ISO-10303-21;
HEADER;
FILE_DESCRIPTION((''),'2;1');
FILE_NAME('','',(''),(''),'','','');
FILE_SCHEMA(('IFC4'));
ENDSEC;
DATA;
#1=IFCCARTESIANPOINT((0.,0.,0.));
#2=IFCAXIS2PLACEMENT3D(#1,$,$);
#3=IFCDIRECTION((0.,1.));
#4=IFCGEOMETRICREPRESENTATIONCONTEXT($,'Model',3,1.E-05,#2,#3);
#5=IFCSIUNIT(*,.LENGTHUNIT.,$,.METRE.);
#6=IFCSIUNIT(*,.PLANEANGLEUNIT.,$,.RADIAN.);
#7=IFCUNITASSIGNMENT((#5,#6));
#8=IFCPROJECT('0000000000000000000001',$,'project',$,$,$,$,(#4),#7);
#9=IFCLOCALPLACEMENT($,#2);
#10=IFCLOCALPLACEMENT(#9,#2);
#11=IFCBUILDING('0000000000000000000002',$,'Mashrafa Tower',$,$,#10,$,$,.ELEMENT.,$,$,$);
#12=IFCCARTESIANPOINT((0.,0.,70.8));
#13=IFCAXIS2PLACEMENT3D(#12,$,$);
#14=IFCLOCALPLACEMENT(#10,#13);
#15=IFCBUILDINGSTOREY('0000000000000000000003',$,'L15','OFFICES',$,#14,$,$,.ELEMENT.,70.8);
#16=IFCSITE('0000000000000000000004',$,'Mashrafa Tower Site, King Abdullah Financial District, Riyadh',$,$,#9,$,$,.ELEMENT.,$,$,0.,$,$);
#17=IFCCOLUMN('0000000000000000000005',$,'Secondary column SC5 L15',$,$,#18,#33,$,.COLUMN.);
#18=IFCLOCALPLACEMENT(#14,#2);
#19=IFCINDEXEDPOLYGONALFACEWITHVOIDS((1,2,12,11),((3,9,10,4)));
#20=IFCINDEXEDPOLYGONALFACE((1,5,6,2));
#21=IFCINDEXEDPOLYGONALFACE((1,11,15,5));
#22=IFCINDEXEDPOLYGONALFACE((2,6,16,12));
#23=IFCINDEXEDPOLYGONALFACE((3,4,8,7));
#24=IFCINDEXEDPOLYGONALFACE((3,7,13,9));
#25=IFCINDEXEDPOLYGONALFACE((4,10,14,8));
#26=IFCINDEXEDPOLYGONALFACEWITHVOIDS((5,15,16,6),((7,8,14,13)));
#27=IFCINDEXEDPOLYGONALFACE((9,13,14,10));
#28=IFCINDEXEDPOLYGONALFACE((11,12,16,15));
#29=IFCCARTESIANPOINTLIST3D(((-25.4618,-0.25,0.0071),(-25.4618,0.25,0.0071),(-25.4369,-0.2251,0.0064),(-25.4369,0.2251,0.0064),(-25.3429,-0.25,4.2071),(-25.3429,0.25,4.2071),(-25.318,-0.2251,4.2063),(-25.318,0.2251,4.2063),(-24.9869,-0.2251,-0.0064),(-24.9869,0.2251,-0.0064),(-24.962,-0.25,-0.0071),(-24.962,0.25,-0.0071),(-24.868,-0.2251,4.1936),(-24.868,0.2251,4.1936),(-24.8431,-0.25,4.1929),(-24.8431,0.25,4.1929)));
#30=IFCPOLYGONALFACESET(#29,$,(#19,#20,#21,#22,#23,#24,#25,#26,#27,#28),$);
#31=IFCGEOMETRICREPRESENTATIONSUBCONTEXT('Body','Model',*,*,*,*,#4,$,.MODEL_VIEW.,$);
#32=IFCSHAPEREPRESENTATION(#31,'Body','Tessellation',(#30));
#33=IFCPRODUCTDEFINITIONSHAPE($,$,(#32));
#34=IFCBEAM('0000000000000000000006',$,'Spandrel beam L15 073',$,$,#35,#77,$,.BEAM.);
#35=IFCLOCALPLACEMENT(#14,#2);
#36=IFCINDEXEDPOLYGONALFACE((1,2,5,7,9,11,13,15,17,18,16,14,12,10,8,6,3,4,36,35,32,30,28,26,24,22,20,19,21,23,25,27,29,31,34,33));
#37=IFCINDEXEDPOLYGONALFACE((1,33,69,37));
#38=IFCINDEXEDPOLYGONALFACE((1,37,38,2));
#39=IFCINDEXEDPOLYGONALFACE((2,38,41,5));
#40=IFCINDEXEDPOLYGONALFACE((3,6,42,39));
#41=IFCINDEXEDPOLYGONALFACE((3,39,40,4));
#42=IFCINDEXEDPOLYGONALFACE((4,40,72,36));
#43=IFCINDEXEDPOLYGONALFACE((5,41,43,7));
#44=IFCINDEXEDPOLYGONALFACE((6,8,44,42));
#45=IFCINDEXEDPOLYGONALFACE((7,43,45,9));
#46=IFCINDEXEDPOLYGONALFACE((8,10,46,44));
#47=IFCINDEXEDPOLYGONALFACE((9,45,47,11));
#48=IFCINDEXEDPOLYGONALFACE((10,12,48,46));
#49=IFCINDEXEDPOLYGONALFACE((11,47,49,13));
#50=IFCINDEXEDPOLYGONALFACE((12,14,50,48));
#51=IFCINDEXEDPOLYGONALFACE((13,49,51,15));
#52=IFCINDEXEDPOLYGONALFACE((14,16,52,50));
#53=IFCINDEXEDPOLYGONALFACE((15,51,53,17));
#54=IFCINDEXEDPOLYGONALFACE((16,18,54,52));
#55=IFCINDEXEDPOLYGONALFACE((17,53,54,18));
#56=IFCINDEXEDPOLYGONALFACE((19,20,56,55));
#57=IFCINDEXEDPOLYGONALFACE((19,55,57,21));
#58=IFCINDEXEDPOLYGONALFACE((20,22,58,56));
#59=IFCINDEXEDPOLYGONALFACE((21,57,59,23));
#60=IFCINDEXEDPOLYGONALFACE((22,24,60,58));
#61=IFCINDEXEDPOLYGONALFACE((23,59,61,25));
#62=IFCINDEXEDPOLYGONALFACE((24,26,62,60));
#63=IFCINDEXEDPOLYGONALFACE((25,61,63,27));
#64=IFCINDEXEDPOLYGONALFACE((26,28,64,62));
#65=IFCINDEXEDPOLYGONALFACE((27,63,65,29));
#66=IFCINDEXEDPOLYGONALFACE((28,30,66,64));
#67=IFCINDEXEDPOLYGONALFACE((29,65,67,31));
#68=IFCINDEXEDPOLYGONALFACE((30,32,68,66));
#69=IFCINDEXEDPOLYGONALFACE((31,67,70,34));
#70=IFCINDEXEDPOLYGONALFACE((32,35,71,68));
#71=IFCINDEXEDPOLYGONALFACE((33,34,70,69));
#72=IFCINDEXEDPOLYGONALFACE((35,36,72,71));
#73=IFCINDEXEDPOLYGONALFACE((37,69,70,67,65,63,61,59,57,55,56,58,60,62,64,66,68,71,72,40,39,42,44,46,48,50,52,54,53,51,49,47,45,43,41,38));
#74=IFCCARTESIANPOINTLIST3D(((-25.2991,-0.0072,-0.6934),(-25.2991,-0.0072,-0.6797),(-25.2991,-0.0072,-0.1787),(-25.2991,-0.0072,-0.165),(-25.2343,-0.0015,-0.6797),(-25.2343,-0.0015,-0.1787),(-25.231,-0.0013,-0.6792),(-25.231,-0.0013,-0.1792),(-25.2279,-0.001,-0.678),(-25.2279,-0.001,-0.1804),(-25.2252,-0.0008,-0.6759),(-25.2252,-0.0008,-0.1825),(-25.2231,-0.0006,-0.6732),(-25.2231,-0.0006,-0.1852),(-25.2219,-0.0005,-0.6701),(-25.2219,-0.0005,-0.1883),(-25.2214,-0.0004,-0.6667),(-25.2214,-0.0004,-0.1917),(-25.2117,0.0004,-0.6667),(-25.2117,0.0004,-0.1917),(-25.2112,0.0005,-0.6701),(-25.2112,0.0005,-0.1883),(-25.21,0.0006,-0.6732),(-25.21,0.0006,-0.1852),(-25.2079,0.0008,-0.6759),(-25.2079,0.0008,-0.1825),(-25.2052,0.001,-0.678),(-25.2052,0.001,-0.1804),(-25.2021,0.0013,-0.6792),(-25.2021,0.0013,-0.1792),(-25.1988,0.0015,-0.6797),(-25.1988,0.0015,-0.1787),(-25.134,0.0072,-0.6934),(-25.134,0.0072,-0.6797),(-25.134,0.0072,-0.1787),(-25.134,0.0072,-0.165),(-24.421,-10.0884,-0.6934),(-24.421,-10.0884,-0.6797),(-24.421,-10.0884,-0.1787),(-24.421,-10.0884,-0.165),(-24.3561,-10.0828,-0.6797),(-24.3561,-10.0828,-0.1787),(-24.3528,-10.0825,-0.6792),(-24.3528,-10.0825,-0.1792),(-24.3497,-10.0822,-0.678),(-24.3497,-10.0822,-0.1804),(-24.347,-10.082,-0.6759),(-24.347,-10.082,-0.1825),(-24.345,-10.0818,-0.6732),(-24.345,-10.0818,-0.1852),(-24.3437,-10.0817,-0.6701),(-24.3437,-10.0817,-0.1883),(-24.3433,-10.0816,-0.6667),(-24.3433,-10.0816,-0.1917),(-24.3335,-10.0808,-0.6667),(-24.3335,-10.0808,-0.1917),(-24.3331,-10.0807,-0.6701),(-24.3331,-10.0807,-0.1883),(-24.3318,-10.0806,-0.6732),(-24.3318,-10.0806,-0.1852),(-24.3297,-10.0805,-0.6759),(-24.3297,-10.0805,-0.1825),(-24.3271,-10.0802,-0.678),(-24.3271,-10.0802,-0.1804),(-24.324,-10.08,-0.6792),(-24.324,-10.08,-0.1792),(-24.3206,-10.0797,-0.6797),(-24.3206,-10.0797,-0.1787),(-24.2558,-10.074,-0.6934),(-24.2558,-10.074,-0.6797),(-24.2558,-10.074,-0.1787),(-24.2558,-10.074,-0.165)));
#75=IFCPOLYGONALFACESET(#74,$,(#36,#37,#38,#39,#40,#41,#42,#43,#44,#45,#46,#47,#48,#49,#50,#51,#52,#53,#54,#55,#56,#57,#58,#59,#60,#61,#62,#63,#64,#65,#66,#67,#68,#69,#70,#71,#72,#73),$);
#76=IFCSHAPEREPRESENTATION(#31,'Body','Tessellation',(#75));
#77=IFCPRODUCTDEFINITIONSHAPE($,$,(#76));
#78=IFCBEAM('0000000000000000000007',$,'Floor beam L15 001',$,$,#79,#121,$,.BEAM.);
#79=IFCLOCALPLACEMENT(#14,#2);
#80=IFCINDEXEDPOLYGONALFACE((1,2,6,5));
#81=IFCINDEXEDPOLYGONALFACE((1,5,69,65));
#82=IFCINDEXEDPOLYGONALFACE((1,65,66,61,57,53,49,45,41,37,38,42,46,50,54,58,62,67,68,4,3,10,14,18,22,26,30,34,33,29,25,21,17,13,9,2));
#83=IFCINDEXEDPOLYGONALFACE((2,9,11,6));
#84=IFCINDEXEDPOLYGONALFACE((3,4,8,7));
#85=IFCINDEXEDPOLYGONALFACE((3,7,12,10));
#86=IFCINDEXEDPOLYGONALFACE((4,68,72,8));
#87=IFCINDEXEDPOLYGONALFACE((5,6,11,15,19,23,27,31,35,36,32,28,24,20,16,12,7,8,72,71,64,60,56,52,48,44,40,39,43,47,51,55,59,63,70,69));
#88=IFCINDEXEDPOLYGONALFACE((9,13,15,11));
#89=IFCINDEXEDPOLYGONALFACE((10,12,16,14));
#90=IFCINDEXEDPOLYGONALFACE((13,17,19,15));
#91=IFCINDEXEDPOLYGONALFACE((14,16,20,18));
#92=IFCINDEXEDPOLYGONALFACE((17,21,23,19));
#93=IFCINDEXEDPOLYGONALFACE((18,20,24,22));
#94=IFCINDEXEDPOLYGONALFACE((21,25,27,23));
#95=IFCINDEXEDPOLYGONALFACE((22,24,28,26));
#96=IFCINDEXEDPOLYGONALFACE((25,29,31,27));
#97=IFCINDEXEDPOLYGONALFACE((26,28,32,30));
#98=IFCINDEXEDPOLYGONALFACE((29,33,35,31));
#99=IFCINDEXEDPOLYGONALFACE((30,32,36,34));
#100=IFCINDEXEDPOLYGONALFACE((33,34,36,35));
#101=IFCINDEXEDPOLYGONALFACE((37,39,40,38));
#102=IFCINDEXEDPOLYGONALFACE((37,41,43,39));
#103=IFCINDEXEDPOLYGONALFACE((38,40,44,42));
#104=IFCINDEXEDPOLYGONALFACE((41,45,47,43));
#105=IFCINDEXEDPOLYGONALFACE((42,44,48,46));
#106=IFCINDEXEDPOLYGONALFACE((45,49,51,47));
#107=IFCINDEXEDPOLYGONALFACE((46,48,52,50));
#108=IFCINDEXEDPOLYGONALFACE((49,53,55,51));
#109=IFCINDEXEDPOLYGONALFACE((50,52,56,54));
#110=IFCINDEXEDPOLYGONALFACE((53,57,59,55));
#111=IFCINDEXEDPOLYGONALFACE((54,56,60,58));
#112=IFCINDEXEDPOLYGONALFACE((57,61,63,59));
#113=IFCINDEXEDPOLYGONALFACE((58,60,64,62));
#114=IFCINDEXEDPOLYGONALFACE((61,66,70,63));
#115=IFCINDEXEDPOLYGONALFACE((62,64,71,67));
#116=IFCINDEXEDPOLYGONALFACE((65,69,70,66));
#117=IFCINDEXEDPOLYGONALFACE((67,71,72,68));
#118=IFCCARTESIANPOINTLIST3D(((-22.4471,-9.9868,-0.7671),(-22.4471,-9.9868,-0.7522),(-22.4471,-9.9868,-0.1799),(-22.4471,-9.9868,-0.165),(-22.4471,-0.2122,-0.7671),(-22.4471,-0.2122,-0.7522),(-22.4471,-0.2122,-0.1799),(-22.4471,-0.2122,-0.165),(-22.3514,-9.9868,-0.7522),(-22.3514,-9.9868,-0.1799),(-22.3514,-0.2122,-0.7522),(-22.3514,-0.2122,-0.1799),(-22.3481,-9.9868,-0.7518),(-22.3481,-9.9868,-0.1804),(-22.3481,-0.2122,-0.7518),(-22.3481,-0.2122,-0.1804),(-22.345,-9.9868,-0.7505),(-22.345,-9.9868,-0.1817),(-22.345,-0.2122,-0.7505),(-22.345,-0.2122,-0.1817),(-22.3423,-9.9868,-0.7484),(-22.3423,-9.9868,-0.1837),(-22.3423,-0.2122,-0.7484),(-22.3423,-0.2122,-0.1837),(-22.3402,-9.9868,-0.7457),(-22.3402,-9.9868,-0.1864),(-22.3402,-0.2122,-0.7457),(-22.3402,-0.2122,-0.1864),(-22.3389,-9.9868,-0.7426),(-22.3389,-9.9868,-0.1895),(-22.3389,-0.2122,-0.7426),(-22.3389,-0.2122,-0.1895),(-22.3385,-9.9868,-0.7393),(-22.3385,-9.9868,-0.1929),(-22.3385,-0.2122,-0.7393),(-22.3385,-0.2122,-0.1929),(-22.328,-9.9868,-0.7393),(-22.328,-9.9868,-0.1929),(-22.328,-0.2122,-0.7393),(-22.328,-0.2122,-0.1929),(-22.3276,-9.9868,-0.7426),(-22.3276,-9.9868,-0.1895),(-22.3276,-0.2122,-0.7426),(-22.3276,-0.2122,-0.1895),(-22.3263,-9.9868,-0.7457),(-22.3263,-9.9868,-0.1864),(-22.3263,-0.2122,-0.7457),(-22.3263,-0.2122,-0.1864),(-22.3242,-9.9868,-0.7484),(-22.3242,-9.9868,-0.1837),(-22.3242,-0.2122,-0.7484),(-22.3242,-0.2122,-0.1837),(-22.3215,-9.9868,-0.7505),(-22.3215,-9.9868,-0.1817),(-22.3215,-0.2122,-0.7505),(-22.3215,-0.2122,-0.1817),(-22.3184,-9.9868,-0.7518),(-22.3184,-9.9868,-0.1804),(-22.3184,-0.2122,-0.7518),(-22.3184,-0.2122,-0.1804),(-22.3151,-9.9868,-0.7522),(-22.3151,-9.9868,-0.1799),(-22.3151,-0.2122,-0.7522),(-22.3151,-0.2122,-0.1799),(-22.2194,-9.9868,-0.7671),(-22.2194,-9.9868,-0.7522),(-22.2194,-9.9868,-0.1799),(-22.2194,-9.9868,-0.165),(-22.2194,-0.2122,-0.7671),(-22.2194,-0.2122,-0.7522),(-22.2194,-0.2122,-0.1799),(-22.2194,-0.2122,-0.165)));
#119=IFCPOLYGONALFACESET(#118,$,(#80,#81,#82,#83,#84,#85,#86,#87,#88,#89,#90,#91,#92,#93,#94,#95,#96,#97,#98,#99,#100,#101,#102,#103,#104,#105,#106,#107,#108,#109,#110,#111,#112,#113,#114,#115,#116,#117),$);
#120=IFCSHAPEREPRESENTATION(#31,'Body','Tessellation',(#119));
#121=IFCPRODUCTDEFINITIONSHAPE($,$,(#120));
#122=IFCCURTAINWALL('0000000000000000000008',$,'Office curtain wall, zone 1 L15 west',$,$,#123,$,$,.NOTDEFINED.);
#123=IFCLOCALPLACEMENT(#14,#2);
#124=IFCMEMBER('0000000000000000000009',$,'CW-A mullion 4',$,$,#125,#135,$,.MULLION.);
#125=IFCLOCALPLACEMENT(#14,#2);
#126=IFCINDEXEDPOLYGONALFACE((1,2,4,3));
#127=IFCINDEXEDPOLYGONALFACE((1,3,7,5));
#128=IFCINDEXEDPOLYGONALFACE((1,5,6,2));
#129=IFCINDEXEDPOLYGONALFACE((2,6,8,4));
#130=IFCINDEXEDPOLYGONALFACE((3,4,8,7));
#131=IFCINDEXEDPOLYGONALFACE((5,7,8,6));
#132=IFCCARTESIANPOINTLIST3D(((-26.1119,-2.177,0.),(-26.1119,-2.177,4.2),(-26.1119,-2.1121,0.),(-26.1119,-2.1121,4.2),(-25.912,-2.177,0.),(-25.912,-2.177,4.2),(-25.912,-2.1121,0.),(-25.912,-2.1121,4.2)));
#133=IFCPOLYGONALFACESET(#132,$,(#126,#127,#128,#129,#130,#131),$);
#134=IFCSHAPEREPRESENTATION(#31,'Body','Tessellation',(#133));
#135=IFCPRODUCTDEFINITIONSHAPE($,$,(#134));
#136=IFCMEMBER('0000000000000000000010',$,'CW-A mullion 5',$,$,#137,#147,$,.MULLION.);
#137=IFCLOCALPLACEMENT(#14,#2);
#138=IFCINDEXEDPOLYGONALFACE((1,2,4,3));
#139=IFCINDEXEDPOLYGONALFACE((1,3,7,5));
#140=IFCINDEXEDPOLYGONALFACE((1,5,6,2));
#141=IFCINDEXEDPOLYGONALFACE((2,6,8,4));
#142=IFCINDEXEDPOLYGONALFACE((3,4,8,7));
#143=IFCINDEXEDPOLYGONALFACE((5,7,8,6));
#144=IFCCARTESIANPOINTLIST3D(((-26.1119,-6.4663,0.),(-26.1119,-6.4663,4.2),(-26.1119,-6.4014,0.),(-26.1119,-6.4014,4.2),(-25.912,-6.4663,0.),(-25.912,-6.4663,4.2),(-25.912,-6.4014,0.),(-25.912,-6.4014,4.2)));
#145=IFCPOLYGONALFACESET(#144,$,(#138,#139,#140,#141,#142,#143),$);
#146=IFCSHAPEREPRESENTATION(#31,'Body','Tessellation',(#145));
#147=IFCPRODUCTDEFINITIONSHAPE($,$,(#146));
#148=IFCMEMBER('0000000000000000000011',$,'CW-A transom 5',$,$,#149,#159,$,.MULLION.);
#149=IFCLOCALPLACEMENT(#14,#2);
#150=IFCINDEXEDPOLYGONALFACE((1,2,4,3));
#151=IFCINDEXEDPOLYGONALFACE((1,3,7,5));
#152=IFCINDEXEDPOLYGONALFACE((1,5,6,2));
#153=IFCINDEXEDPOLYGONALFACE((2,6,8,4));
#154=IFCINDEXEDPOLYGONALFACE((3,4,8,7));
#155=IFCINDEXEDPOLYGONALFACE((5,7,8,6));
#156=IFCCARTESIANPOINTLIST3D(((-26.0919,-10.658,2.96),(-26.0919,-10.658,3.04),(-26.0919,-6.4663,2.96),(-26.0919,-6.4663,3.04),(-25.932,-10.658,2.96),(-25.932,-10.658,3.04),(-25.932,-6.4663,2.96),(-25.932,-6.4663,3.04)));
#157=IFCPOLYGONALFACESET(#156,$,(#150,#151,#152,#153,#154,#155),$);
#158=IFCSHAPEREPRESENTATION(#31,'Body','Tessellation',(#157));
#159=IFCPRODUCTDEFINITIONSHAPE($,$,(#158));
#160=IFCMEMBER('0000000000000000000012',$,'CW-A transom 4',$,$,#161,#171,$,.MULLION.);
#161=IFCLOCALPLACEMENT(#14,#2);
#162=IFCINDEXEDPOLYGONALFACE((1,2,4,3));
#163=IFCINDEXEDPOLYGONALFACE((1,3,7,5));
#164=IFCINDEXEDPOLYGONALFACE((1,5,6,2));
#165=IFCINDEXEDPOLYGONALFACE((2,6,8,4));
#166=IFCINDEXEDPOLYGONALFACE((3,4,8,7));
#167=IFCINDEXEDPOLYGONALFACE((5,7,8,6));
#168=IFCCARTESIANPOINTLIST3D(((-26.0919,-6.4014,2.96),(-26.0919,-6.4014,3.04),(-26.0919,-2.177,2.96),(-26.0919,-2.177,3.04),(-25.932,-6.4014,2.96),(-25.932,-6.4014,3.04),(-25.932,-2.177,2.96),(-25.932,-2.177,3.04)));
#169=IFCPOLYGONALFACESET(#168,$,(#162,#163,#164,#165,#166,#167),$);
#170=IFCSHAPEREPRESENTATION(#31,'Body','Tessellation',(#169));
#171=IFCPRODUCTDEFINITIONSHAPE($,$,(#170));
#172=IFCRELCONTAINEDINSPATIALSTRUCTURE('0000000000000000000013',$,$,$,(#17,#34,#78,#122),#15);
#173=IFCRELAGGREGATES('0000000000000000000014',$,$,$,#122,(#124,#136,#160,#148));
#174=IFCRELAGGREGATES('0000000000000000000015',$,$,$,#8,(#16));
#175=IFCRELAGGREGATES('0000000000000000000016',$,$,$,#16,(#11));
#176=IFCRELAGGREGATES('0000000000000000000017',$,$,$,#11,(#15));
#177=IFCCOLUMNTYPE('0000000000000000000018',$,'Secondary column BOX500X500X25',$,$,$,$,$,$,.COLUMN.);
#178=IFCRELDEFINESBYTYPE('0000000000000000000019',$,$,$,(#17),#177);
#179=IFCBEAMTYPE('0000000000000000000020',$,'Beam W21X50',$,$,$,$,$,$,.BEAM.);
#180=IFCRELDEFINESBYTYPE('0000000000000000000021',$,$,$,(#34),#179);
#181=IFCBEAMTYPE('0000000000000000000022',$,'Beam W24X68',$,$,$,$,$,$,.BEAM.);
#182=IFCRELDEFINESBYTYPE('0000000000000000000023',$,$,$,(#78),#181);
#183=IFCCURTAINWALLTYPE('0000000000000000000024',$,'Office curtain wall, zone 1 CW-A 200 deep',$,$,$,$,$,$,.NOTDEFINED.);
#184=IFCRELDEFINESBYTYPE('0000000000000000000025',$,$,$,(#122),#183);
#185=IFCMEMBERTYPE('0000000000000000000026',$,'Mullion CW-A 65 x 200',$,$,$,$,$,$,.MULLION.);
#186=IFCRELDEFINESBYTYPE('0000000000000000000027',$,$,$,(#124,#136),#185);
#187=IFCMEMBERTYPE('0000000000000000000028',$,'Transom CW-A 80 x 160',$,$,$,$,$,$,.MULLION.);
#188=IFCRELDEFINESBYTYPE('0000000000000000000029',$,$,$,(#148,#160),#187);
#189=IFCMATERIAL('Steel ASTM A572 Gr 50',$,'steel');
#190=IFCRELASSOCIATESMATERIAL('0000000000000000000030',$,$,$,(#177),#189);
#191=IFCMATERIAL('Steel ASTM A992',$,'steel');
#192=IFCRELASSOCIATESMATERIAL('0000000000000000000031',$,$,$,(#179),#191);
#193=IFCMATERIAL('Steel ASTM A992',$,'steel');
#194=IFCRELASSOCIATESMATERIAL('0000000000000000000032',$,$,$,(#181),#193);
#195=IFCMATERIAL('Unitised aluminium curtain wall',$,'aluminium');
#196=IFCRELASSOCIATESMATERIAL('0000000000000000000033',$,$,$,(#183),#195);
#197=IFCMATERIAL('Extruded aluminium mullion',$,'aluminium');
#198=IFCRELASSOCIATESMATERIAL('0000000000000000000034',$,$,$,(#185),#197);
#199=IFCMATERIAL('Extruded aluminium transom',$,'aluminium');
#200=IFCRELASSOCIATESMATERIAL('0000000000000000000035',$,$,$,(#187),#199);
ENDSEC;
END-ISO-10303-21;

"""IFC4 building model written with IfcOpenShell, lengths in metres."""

from ifc_helpers import new_model, si_unit, direction, frame, origin, origin_2d, place, context, subcontext, project, spatial, rectangle, hollow_rectangle, i_section, extrude, source, transform, mapped, material, material_profile, profile_set, type_object, type_shapes, element, aggregate, save


model = new_model("IFC4")

# Units and contexts
model_context = context("Model", 3, precision=1e-05, world=origin(), true_north=direction((0.0, 1.0)))
body_context = subcontext(model_context, "Body", "Model", "MODEL_VIEW")
ifc_project = project(units=[si_unit("LENGTHUNIT", "METRE"), si_unit("PLANEANGLEUNIT", "RADIAN")], contexts=[model_context])

# Site, building, storey
site_placement = place(None, origin())
site = spatial("IfcSite", under=ifc_project, at=site_placement, Name="Mashrafa Tower Site, King Abdullah Financial District, Riyadh", CompositionType="ELEMENT", RefElevation=0.0)
building_placement = place(site_placement, origin())
building = spatial("IfcBuilding", under=site, at=building_placement, Name="Mashrafa Tower", CompositionType="ELEMENT")
storey_placement = place(building_placement, frame((0.0, 0.0, 70.8)))
storey = spatial("IfcBuildingStorey", under=building, at=storey_placement, Name="L15", Description="OFFICES", CompositionType="ELEMENT", Elevation=70.8)

# Column
ifc_material_1 = material(Name="Steel ASTM A572 Gr 50", Category="steel")
ifc_material_profile_1 = material_profile(ifc_material_1, hollow_rectangle(XDim=0.5, YDim=0.5, WallThickness=0.0249, at=origin_2d()), Name="BOX500X500X25")
ifc_profile_set_1 = profile_set([ifc_material_profile_1], Name="Steel ASTM A572 Gr 50")
column_type = type_object("IfcColumnType", Name="Secondary column BOX500X500X25", PredefinedType="COLUMN", material=ifc_profile_set_1)
column_placement = place(storey_placement, frame((-25.2119, 0.0, 0.0), z_axis=(0.028298, 0.0, 0.9996), x_axis=(0.0, 1.0, 0.0)))
element("IfcColumn", 1, at=column_placement, inside=storey, type_object=column_type, Name="Secondary column SC5 L15", PredefinedType="COLUMN", context=body_context, shape_type="SweptSolid", body=[
    extrude(hollow_rectangle(XDim=0.5, YDim=0.5, WallThickness=0.0249, at=origin_2d()), origin(), (0.0, 0.0, 1.0), 4.2017),
])

# Beams
ifc_material_2 = material(Name="Steel ASTM A992", Category="steel")
ifc_material_profile_2 = material_profile(ifc_material_2, i_section(OverallWidth=0.1658, OverallDepth=0.5283, WebThickness=0.0098, FlangeThickness=0.0137, FilletRadius=0.0129, at=origin_2d()), Name="W21X50")
ifc_profile_set_2 = profile_set([ifc_material_profile_2], Name="Steel ASTM A992")
beam_type_1 = type_object("IfcBeamType", Name="Beam W21X50", PredefinedType="BEAM", material=ifc_profile_set_2)
beam_1_placement = place(storey_placement, frame((-25.2166, 0.0, -0.4292), z_axis=(0.086781, -0.996227, 0.0), x_axis=(0.996227, 0.086781, 0.0)))
element("IfcBeam", 2, at=beam_1_placement, inside=storey, type_object=beam_type_1, Name="Spandrel beam L15 073", PredefinedType="BEAM", context=body_context, shape_type="SweptSolid", body=[
    extrude(i_section(OverallWidth=0.1658, OverallDepth=0.5283, WebThickness=0.0098, FlangeThickness=0.0137, FilletRadius=0.0129, at=origin_2d()), origin(), (0.0, 0.0, 1.0), 10.1194),
])
ifc_material_3 = material(Name="Steel ASTM A992", Category="steel")
ifc_material_profile_3 = material_profile(ifc_material_3, i_section(OverallWidth=0.2278, OverallDepth=0.6021, WebThickness=0.0105, FlangeThickness=0.0149, FilletRadius=0.0129, at=origin_2d()), Name="W24X68")
ifc_profile_set_3 = profile_set([ifc_material_profile_3], Name="Steel ASTM A992")
beam_type_2 = type_object("IfcBeamType", Name="Beam W24X68", PredefinedType="BEAM", material=ifc_profile_set_3)
beam_2_placement = place(storey_placement, frame((-22.3333, -9.9868, -0.4661), z_axis=(0.0, 1.0, 0.0), x_axis=(-1.0, 0.0, 0.0)))
element("IfcBeam", 3, at=beam_2_placement, inside=storey, type_object=beam_type_2, Name="Floor beam L15 001", PredefinedType="BEAM", context=body_context, shape_type="SweptSolid", body=[
    extrude(i_section(OverallWidth=0.2278, OverallDepth=0.6021, WebThickness=0.0105, FlangeThickness=0.0149, FilletRadius=0.0129, at=origin_2d()), origin(), (0.0, 0.0, 1.0), 9.7747),
])

# Curtain wall, members
ifc_material_4 = material(Name="Unitised aluminium curtain wall", Category="aluminium")
curtain_wall_type = type_object("IfcCurtainWallType", Name="Office curtain wall, zone 1 CW-A 200 deep", PredefinedType="NOTDEFINED", material=ifc_material_4)
curtain_wall_placement = place(storey_placement, origin())
curtain_wall = element("IfcCurtainWall", 4, at=curtain_wall_placement, inside=storey, type_object=curtain_wall_type, Name="Office curtain wall, zone 1 L15 west", PredefinedType="NOTDEFINED")
ifc_material_5 = material(Name="Extruded aluminium mullion", Category="aluminium")
ifc_material_profile_4 = material_profile(ifc_material_5, rectangle(XDim=0.2, YDim=0.0649, at=origin_2d()), Name="Mullion 65x200")
ifc_profile_set_4 = profile_set([ifc_material_profile_4], Name="Extruded aluminium mullion")
member_type_1 = type_object("IfcMemberType", Name="Mullion CW-A 65 x 200", PredefinedType="MULLION", material=ifc_profile_set_4)
shared_shape_1 = source(origin(), body_context, "Body", "SweptSolid", [
    extrude(rectangle(XDim=0.2, YDim=0.0649, at=origin_2d()), origin(), (0.0, 0.0, 1.0), 4.2),
])
type_shapes(member_type_1, [shared_shape_1])
member_1_placement = place(storey_placement, frame((-26.012, -2.1445, 0.0), z_axis=(0.0, 0.0, 1.0), x_axis=(1.0, 0.0, 0.0)))
member_1 = element("IfcMember", 5, at=member_1_placement, type_object=member_type_1, Name="CW-A mullion 4", PredefinedType="MULLION", context=body_context, shape_type="MappedRepresentation", body=[
    mapped(shared_shape_1, transform((0.0, 0.0, 0.0))),
])
member_2_placement = place(storey_placement, frame((-26.012, -6.4338, 0.0), z_axis=(0.0, 0.0, 1.0), x_axis=(1.0, 0.0, 0.0)))
member_2 = element("IfcMember", 6, at=member_2_placement, type_object=member_type_1, Name="CW-A mullion 5", PredefinedType="MULLION", context=body_context, shape_type="MappedRepresentation", body=[
    mapped(shared_shape_1, transform((0.0, 0.0, 0.0))),
])
ifc_material_6 = material(Name="Extruded aluminium transom", Category="aluminium")
ifc_material_profile_5 = material_profile(ifc_material_6, rectangle(XDim=0.1599, YDim=0.0801, at=origin_2d()), Name="Transom 80x160")
ifc_profile_set_5 = profile_set([ifc_material_profile_5], Name="Extruded aluminium transom")
member_type_2 = type_object("IfcMemberType", Name="Transom CW-A 80 x 160", PredefinedType="MULLION", material=ifc_profile_set_5)
shared_shape_2 = source(origin(), body_context, "Body", "SweptSolid", [
    extrude(rectangle(XDim=0.1599, YDim=0.0801, at=origin_2d()), origin(), (0.0, 0.0, 1.0), 4.1917),
])
member_3_placement = place(storey_placement, frame((-26.012, -6.4663, 3.0), z_axis=(0.0, -1.0, 0.0), x_axis=(1.0, 0.0, 0.0)))
member_3 = element("IfcMember", 7, at=member_3_placement, type_object=member_type_2, Name="CW-A transom 5", PredefinedType="MULLION", context=body_context, shape_type="MappedRepresentation", body=[
    mapped(shared_shape_2, transform((0.0, 0.0, 0.0))),
])
shared_shape_3 = source(origin(), body_context, "Body", "SweptSolid", [
    extrude(rectangle(XDim=0.1599, YDim=0.0801, at=origin_2d()), origin(), (0.0, 0.0, 1.0), 4.2244),
])
type_shapes(member_type_2, [shared_shape_2, shared_shape_3])
member_4_placement = place(storey_placement, frame((-26.012, -2.177, 3.0), z_axis=(0.0, -1.0, 0.0), x_axis=(1.0, 0.0, 0.0)))
member_4 = element("IfcMember", 8, at=member_4_placement, type_object=member_type_2, Name="CW-A transom 4", PredefinedType="MULLION", context=body_context, shape_type="MappedRepresentation", body=[
    mapped(shared_shape_3, transform((0.0, 0.0, 0.0))),
])
aggregate(curtain_wall, [member_1, member_2, member_4, member_3])

save(model, "model.ifc")
